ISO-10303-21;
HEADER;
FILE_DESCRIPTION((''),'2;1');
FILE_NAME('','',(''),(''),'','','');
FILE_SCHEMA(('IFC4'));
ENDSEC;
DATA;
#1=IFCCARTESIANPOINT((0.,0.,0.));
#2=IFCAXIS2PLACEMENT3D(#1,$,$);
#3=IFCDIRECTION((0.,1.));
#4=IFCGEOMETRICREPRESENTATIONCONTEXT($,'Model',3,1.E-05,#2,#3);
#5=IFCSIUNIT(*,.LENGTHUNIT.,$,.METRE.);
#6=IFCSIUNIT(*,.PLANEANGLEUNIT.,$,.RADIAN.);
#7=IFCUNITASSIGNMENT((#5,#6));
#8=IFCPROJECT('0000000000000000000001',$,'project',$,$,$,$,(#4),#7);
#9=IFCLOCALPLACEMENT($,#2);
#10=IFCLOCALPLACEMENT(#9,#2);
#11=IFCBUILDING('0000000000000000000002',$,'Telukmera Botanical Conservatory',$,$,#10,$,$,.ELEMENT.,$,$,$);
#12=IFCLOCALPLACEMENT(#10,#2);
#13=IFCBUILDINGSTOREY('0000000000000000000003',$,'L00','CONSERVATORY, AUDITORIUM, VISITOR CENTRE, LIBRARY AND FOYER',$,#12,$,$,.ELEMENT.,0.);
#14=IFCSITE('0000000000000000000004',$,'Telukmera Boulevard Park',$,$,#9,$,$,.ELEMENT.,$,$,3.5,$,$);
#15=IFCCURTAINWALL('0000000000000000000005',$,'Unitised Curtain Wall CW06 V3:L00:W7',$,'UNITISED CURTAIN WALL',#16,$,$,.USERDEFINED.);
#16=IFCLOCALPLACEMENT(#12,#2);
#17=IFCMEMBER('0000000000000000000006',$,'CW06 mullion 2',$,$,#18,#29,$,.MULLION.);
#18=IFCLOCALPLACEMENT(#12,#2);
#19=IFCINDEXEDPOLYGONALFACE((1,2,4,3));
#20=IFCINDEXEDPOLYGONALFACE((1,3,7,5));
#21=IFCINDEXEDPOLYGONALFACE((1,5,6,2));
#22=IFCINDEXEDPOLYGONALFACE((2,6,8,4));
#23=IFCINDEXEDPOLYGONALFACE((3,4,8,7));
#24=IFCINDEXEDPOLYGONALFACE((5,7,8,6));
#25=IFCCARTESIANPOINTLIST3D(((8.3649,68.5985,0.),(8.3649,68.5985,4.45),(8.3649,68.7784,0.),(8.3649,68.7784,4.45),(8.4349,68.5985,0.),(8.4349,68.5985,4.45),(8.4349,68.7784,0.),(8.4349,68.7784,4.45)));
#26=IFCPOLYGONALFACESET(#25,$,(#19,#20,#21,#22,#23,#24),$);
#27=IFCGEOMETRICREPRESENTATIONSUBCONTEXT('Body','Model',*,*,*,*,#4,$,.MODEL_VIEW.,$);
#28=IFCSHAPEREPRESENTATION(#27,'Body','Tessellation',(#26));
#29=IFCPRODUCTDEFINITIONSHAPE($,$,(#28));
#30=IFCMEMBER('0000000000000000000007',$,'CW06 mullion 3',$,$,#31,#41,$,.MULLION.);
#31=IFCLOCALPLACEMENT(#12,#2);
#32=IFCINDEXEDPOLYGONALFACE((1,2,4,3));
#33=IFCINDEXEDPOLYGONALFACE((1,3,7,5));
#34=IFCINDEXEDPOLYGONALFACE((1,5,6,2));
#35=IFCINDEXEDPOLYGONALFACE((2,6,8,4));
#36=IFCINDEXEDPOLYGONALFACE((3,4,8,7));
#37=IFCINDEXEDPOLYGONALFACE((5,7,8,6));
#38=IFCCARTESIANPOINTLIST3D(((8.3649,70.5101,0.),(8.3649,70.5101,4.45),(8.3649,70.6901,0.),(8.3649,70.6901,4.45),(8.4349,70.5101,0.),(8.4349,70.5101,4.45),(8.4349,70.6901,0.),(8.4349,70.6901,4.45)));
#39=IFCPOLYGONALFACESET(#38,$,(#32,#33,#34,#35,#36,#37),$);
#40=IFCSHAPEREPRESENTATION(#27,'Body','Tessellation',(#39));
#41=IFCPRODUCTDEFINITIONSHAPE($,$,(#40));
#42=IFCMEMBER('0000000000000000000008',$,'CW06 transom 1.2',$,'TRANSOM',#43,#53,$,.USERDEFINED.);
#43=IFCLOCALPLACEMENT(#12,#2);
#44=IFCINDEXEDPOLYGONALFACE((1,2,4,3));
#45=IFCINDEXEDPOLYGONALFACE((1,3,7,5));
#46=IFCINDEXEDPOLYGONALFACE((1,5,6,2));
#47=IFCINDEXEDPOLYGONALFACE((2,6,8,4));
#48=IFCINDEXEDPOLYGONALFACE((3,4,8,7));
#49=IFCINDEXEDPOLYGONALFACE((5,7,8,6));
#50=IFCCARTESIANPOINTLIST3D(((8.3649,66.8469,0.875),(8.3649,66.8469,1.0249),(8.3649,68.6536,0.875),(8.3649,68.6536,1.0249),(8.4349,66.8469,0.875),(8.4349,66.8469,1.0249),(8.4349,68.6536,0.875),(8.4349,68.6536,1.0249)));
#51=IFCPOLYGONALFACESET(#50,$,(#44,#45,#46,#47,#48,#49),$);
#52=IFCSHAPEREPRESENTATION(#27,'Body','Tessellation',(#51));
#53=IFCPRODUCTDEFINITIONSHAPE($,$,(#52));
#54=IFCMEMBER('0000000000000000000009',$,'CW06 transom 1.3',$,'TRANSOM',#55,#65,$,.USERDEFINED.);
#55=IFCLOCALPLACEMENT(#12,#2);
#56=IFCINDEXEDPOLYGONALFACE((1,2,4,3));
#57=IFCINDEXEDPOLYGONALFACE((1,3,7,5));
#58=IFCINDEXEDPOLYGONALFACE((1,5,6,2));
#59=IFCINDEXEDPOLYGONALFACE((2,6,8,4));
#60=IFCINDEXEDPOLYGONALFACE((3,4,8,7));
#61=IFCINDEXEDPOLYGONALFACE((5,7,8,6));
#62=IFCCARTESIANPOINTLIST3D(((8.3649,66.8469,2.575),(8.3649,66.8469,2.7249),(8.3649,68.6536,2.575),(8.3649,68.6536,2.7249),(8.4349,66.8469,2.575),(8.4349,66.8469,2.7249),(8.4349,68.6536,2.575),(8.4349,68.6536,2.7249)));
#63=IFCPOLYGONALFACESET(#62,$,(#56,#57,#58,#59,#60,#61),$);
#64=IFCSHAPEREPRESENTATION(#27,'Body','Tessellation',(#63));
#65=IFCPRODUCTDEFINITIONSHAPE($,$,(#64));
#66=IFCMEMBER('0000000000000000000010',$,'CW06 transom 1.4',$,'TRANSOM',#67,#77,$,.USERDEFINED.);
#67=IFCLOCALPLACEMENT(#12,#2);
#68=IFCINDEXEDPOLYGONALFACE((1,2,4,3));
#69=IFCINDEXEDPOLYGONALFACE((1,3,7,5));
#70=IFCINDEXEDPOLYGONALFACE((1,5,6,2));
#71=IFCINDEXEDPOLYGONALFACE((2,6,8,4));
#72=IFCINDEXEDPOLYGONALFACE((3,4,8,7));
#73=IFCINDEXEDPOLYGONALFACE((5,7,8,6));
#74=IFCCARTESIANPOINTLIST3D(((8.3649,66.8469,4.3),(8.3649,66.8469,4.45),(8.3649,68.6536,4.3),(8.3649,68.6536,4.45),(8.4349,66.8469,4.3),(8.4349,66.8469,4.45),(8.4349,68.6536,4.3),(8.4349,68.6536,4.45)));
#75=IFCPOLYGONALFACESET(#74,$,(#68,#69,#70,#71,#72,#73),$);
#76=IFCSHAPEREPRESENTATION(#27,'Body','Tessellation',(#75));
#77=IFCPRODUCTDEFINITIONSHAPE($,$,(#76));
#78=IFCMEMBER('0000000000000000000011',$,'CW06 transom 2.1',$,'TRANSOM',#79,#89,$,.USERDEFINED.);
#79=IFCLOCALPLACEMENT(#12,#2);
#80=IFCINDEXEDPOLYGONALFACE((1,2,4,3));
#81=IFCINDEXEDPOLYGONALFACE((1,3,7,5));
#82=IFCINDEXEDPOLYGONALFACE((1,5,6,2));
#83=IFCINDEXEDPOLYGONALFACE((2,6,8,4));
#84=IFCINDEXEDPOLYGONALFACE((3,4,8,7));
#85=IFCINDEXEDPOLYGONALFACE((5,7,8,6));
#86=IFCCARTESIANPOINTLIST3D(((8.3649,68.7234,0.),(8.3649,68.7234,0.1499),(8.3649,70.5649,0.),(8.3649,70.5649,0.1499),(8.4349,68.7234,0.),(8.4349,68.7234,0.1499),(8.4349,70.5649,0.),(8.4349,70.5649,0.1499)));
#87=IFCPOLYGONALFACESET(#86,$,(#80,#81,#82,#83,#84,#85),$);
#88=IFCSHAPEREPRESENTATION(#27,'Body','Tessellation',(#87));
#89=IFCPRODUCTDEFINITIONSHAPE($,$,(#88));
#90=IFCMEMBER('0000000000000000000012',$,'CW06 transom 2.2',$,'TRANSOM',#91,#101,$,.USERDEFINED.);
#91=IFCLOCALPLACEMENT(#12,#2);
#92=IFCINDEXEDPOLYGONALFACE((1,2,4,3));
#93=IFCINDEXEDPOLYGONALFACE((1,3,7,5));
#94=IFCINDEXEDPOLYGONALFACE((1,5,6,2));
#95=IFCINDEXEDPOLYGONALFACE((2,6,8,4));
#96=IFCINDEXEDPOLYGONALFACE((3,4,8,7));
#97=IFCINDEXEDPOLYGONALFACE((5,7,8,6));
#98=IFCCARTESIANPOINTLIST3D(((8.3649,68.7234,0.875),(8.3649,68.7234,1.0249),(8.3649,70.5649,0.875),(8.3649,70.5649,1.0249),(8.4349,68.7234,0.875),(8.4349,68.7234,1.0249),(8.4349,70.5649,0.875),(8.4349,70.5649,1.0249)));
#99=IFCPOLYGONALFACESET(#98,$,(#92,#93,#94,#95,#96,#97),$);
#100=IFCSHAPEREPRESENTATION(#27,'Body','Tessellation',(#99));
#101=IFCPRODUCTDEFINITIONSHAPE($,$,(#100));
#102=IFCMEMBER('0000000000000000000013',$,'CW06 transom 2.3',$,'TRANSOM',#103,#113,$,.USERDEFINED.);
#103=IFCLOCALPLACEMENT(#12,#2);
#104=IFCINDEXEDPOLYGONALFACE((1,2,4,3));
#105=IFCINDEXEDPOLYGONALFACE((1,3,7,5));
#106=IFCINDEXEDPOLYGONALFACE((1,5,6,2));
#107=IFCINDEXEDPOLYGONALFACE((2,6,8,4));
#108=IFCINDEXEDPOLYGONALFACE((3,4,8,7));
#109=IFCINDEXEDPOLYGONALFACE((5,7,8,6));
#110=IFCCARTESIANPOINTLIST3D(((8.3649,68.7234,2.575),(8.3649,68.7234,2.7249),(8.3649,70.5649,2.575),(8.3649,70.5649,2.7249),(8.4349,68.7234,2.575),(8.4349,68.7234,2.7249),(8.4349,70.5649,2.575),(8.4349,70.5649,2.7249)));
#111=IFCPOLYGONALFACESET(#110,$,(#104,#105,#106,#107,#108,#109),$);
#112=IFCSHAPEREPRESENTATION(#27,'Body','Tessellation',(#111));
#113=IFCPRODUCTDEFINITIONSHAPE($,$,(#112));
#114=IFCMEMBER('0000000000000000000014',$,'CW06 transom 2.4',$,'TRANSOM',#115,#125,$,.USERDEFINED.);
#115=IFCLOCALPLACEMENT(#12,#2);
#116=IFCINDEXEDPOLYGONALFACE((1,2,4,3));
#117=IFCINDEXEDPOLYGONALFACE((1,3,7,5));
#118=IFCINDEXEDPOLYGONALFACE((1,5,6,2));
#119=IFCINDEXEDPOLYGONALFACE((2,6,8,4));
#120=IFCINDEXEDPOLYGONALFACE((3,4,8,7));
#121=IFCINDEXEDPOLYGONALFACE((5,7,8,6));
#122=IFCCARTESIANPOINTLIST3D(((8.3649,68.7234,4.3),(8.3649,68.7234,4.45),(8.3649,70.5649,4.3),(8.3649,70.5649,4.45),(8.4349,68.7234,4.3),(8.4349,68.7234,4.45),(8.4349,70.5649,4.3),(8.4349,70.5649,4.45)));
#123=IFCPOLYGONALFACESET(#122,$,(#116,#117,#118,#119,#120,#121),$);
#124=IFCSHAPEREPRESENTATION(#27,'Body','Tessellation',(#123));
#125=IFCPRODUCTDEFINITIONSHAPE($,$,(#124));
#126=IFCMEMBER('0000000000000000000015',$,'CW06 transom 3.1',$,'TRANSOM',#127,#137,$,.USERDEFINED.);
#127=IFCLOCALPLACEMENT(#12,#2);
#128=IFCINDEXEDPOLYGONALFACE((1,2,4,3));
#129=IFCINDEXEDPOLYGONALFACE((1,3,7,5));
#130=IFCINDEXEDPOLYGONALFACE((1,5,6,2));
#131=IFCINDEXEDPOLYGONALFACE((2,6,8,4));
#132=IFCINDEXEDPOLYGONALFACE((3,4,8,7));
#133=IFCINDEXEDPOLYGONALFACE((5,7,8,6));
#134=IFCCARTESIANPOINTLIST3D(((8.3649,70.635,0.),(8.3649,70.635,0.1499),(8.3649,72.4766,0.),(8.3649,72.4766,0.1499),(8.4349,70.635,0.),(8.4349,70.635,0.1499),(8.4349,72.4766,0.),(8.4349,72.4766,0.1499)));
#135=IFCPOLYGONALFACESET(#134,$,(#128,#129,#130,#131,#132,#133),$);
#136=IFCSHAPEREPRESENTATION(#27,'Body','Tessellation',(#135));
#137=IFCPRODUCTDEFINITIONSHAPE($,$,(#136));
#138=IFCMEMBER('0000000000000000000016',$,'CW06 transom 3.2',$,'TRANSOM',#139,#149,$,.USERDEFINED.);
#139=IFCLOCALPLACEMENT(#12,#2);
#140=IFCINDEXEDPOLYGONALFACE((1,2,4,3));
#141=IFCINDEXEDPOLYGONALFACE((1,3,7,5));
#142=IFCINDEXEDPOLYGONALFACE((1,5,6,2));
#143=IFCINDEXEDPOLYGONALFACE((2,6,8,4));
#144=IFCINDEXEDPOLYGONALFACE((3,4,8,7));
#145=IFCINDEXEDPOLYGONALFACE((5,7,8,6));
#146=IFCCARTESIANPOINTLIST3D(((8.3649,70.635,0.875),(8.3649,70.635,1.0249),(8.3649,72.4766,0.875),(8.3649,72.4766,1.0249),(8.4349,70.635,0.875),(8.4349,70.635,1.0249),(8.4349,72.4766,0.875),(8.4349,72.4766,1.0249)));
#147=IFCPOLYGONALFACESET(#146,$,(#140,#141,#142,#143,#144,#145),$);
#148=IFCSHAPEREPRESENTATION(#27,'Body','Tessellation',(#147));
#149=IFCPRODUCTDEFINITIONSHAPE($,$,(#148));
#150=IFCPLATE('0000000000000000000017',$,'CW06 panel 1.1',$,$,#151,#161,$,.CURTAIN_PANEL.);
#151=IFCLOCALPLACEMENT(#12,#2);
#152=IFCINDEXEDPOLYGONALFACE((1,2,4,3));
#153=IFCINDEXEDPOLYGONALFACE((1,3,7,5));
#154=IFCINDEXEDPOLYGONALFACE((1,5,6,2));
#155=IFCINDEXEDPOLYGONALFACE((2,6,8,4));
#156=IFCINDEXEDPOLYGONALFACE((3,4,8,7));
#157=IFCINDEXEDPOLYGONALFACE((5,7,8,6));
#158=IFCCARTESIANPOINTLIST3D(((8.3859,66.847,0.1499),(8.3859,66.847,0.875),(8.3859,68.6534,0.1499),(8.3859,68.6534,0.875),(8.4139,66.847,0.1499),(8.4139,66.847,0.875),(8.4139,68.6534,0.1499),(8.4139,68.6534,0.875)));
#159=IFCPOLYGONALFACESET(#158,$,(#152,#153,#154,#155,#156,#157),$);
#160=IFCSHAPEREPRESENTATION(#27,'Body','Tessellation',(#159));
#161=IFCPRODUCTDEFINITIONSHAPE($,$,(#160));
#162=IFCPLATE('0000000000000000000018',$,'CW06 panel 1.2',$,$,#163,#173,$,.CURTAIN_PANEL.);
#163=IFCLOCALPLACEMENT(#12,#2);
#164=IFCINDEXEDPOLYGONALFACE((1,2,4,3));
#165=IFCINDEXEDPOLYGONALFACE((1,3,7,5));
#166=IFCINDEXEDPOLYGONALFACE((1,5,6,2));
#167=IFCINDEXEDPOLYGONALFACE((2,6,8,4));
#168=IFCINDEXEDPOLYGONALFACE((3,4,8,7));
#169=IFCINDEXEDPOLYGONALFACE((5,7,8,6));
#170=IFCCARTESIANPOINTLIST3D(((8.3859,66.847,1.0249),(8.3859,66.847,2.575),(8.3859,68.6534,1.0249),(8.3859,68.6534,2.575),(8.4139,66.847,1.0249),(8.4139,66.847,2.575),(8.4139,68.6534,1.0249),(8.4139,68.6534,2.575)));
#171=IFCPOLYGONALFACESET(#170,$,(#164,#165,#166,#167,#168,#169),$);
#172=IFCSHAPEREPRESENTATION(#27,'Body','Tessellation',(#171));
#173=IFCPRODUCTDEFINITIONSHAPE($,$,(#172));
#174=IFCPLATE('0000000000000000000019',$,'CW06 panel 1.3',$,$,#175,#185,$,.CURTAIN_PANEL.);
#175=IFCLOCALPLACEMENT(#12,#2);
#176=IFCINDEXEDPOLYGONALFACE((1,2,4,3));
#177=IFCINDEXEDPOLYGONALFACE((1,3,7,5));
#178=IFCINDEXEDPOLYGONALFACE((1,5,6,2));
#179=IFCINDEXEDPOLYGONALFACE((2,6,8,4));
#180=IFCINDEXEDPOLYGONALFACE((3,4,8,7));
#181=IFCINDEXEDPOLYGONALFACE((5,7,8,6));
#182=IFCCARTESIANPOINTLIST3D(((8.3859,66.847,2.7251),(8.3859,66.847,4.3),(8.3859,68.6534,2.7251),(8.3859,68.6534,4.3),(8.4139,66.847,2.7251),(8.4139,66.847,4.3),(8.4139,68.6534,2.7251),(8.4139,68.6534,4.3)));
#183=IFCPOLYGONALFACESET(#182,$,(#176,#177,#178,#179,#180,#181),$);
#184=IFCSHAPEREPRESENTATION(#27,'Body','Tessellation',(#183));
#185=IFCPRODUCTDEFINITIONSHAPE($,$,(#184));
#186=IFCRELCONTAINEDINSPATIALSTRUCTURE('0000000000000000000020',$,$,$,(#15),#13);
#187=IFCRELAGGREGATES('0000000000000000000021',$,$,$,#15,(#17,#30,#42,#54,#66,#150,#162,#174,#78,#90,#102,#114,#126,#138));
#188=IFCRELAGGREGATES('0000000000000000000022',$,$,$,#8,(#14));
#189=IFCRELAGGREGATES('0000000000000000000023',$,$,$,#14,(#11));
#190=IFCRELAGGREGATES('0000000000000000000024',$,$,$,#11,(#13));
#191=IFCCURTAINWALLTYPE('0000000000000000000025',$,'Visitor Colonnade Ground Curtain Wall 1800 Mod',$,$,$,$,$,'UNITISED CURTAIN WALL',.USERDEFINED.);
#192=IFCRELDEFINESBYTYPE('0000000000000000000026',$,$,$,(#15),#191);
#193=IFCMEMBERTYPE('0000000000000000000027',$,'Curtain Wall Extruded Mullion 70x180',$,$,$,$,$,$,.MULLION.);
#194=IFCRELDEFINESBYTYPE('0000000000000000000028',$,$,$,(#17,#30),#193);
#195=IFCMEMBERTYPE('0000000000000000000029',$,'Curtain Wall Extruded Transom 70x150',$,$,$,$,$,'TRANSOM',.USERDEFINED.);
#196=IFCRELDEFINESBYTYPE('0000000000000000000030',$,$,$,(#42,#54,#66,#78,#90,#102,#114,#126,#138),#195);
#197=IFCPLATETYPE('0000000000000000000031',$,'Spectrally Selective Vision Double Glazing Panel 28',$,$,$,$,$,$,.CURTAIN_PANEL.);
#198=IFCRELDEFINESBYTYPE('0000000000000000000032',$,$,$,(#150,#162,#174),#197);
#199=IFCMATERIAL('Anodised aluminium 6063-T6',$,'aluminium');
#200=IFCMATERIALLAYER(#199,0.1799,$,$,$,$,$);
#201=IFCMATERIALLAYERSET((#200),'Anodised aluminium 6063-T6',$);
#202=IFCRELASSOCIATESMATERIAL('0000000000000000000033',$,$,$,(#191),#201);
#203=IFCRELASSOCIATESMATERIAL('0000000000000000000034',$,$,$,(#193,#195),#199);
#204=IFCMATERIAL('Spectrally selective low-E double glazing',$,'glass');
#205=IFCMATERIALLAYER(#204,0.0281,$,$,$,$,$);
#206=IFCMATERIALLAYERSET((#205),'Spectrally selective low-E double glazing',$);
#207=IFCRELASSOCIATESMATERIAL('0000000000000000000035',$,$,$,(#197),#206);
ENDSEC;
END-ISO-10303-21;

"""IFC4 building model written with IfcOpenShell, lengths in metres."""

from ifc_helpers import new_model, si_unit, direction, frame, origin, origin_2d, place, context, subcontext, project, spatial, rectangle, extrude, material, layer, layer_set, material_profile, profile_set, type_object, element, aggregate, save


model = new_model("IFC4")

# Units and contexts
model_context = context("Model", 3, precision=1e-05, world=origin(), true_north=direction((0.0, 1.0)))
body_context = subcontext(model_context, "Body", "Model", "MODEL_VIEW")
ifc_project = project(units=[si_unit("LENGTHUNIT", "METRE"), si_unit("PLANEANGLEUNIT", "RADIAN")], contexts=[model_context])

# Site, building, storey
site_placement = place(None, origin())
site = spatial("IfcSite", under=ifc_project, at=site_placement, Name="Telukmera Boulevard Park", CompositionType="ELEMENT", RefElevation=3.5)
building_placement = place(site_placement, origin())
building = spatial("IfcBuilding", under=site, at=building_placement, Name="Telukmera Botanical Conservatory", CompositionType="ELEMENT")
storey_placement = place(building_placement, origin())
storey = spatial("IfcBuildingStorey", under=building, at=storey_placement, Name="L00", Description="CONSERVATORY, AUDITORIUM, VISITOR CENTRE, LIBRARY AND FOYER", CompositionType="ELEMENT", Elevation=0.0)

# Curtain wall, members, plates
ifc_material_1 = material(Name="Anodised aluminium 6063-T6", Category="aluminium")
ifc_layer_1 = layer(ifc_material_1, 0.1799)
ifc_layer_set_1 = layer_set([ifc_layer_1], Name="Anodised aluminium 6063-T6")
curtain_wall_type = type_object("IfcCurtainWallType", Name="Visitor Colonnade Ground Curtain Wall 1800 Mod", ElementType="UNITISED CURTAIN WALL", PredefinedType="USERDEFINED", material=ifc_layer_set_1)
curtain_wall_placement = place(storey_placement, origin())
curtain_wall = element("IfcCurtainWall", 1, at=curtain_wall_placement, inside=storey, type_object=curtain_wall_type, Name="Unitised Curtain Wall CW06 V3:L00:W7", ObjectType="UNITISED CURTAIN WALL", PredefinedType="USERDEFINED")
ifc_material_profile_1 = material_profile(ifc_material_1, rectangle(XDim=0.0701, YDim=0.1799, at=origin_2d()), Name="ALU MULL 70x180")
ifc_profile_set_1 = profile_set([ifc_material_profile_1], Name="Anodised aluminium 6063-T6")
member_type_1 = type_object("IfcMemberType", Name="Curtain Wall Extruded Mullion 70x180", PredefinedType="MULLION", material=ifc_profile_set_1)
member_1_placement = place(storey_placement, frame((8.3999, 68.6885, 0.0), z_axis=(0.0, 0.0, 1.0), x_axis=(-1.0, 0.0, 0.0)))
member_1 = element("IfcMember", 2, at=member_1_placement, type_object=member_type_1, Name="CW06 mullion 2", PredefinedType="MULLION", context=body_context, shape_type="SweptSolid", body=[
    extrude(rectangle(XDim=0.0701, YDim=0.1799, at=origin_2d()), origin(), (0.0, 0.0, 1.0), 4.45),
])
member_2_placement = place(storey_placement, frame((8.3999, 70.6001, 0.0), z_axis=(0.0, 0.0, 1.0), x_axis=(-1.0, 0.0, 0.0)))
member_2 = element("IfcMember", 3, at=member_2_placement, type_object=member_type_1, Name="CW06 mullion 3", PredefinedType="MULLION", context=body_context, shape_type="SweptSolid", body=[
    extrude(rectangle(XDim=0.0701, YDim=0.1799, at=origin_2d()), origin(), (0.0, 0.0, 1.0), 4.45),
])
ifc_material_profile_2 = material_profile(ifc_material_1, rectangle(XDim=0.0701, YDim=0.1499, at=origin_2d()), Name="ALU TRAN 70x150")
ifc_profile_set_2 = profile_set([ifc_material_profile_2], Name="Anodised aluminium 6063-T6")
member_type_2 = type_object("IfcMemberType", Name="Curtain Wall Extruded Transom 70x150", ElementType="TRANSOM", PredefinedType="USERDEFINED", material=ifc_profile_set_2)
member_3_placement = place(storey_placement, frame((8.3999, 66.8469, 0.95), z_axis=(0.0, 1.0, 0.0), x_axis=(-1.0, 0.0, 0.0)))
member_3 = element("IfcMember", 4, at=member_3_placement, type_object=member_type_2, Name="CW06 transom 1.2", ObjectType="TRANSOM", PredefinedType="USERDEFINED", context=body_context, shape_type="SweptSolid", body=[
    extrude(rectangle(XDim=0.0701, YDim=0.1499, at=origin_2d()), origin(), (0.0, 0.0, 1.0), 1.8066),
])
member_4_placement = place(storey_placement, frame((8.3999, 66.8469, 2.6499), z_axis=(0.0, 1.0, 0.0), x_axis=(-1.0, 0.0, 0.0)))
member_4 = element("IfcMember", 5, at=member_4_placement, type_object=member_type_2, Name="CW06 transom 1.3", ObjectType="TRANSOM", PredefinedType="USERDEFINED", context=body_context, shape_type="SweptSolid", body=[
    extrude(rectangle(XDim=0.0701, YDim=0.1499, at=origin_2d()), origin(), (0.0, 0.0, 1.0), 1.8066),
])
member_5_placement = place(storey_placement, frame((8.3999, 66.8469, 4.375), z_axis=(0.0, 1.0, 0.0), x_axis=(-1.0, 0.0, 0.0)))
member_5 = element("IfcMember", 6, at=member_5_placement, type_object=member_type_2, Name="CW06 transom 1.4", ObjectType="TRANSOM", PredefinedType="USERDEFINED", context=body_context, shape_type="SweptSolid", body=[
    extrude(rectangle(XDim=0.0701, YDim=0.1499, at=origin_2d()), origin(), (0.0, 0.0, 1.0), 1.8066),
])
member_6_placement = place(storey_placement, frame((8.3999, 68.7234, 0.075), z_axis=(0.0, 1.0, 0.0), x_axis=(-1.0, 0.0, 0.0)))
member_6 = element("IfcMember", 7, at=member_6_placement, type_object=member_type_2, Name="CW06 transom 2.1", ObjectType="TRANSOM", PredefinedType="USERDEFINED", context=body_context, shape_type="SweptSolid", body=[
    extrude(rectangle(XDim=0.0701, YDim=0.1499, at=origin_2d()), origin(), (0.0, 0.0, 1.0), 1.8416),
])
member_7_placement = place(storey_placement, frame((8.3999, 68.7234, 0.95), z_axis=(0.0, 1.0, 0.0), x_axis=(-1.0, 0.0, 0.0)))
member_7 = element("IfcMember", 8, at=member_7_placement, type_object=member_type_2, Name="CW06 transom 2.2", ObjectType="TRANSOM", PredefinedType="USERDEFINED", context=body_context, shape_type="SweptSolid", body=[
    extrude(rectangle(XDim=0.0701, YDim=0.1499, at=origin_2d()), origin(), (0.0, 0.0, 1.0), 1.8416),
])
member_8_placement = place(storey_placement, frame((8.3999, 68.7234, 2.6499), z_axis=(0.0, 1.0, 0.0), x_axis=(-1.0, 0.0, 0.0)))
member_8 = element("IfcMember", 9, at=member_8_placement, type_object=member_type_2, Name="CW06 transom 2.3", ObjectType="TRANSOM", PredefinedType="USERDEFINED", context=body_context, shape_type="SweptSolid", body=[
    extrude(rectangle(XDim=0.0701, YDim=0.1499, at=origin_2d()), origin(), (0.0, 0.0, 1.0), 1.8416),
])
member_9_placement = place(storey_placement, frame((8.3999, 68.7234, 4.375), z_axis=(0.0, 1.0, 0.0), x_axis=(-1.0, 0.0, 0.0)))
member_9 = element("IfcMember", 10, at=member_9_placement, type_object=member_type_2, Name="CW06 transom 2.4", ObjectType="TRANSOM", PredefinedType="USERDEFINED", context=body_context, shape_type="SweptSolid", body=[
    extrude(rectangle(XDim=0.0701, YDim=0.1499, at=origin_2d()), origin(), (0.0, 0.0, 1.0), 1.8416),
])
member_10_placement = place(storey_placement, frame((8.3999, 70.635, 0.075), z_axis=(0.0, 1.0, 0.0), x_axis=(-1.0, 0.0, 0.0)))
member_10 = element("IfcMember", 11, at=member_10_placement, type_object=member_type_2, Name="CW06 transom 3.1", ObjectType="TRANSOM", PredefinedType="USERDEFINED", context=body_context, shape_type="SweptSolid", body=[
    extrude(rectangle(XDim=0.0701, YDim=0.1499, at=origin_2d()), origin(), (0.0, 0.0, 1.0), 1.8416),
])
member_11_placement = place(storey_placement, frame((8.3999, 70.635, 0.95), z_axis=(0.0, 1.0, 0.0), x_axis=(-1.0, 0.0, 0.0)))
member_11 = element("IfcMember", 12, at=member_11_placement, type_object=member_type_2, Name="CW06 transom 3.2", ObjectType="TRANSOM", PredefinedType="USERDEFINED", context=body_context, shape_type="SweptSolid", body=[
    extrude(rectangle(XDim=0.0701, YDim=0.1499, at=origin_2d()), origin(), (0.0, 0.0, 1.0), 1.8416),
])
ifc_material_2 = material(Name="Spectrally selective low-E double glazing", Category="glass")
ifc_layer_2 = layer(ifc_material_2, 0.0281)
ifc_layer_set_2 = layer_set([ifc_layer_2], Name="Spectrally selective low-E double glazing")
plate_type = type_object("IfcPlateType", Name="Spectrally Selective Vision Double Glazing Panel 28", PredefinedType="CURTAIN_PANEL", material=ifc_layer_set_2)
plate_1_placement = place(storey_placement, frame((8.3999, 67.7502, 0.1499), z_axis=(0.0, 0.0, 1.0), x_axis=(0.0, 1.0, 0.0)))
plate_1 = element("IfcPlate", 13, at=plate_1_placement, type_object=plate_type, Name="CW06 panel 1.1", PredefinedType="CURTAIN_PANEL", context=body_context, shape_type="SweptSolid", body=[
    extrude(rectangle(XDim=1.8064, YDim=0.0281, at=origin_2d()), origin(), (0.0, 0.0, 1.0), 0.7251),
])
plate_2_placement = place(storey_placement, frame((8.3999, 67.7502, 1.0249), z_axis=(0.0, 0.0, 1.0), x_axis=(0.0, 1.0, 0.0)))
plate_2 = element("IfcPlate", 14, at=plate_2_placement, type_object=plate_type, Name="CW06 panel 1.2", PredefinedType="CURTAIN_PANEL", context=body_context, shape_type="SweptSolid", body=[
    extrude(rectangle(XDim=1.8064, YDim=0.0281, at=origin_2d()), origin(), (0.0, 0.0, 1.0), 1.55),
])
plate_3_placement = place(storey_placement, frame((8.3999, 67.7502, 2.7251), z_axis=(0.0, 0.0, 1.0), x_axis=(0.0, 1.0, 0.0)))
plate_3 = element("IfcPlate", 15, at=plate_3_placement, type_object=plate_type, Name="CW06 panel 1.3", PredefinedType="CURTAIN_PANEL", context=body_context, shape_type="SweptSolid", body=[
    extrude(rectangle(XDim=1.8064, YDim=0.0281, at=origin_2d()), origin(), (0.0, 0.0, 1.0), 1.575),
])
aggregate(curtain_wall, [member_1, member_2, member_3, member_4, member_5, plate_1, plate_2, plate_3, member_6, member_7, member_8, member_9, member_10, member_11])

save(model, "model.ifc")
